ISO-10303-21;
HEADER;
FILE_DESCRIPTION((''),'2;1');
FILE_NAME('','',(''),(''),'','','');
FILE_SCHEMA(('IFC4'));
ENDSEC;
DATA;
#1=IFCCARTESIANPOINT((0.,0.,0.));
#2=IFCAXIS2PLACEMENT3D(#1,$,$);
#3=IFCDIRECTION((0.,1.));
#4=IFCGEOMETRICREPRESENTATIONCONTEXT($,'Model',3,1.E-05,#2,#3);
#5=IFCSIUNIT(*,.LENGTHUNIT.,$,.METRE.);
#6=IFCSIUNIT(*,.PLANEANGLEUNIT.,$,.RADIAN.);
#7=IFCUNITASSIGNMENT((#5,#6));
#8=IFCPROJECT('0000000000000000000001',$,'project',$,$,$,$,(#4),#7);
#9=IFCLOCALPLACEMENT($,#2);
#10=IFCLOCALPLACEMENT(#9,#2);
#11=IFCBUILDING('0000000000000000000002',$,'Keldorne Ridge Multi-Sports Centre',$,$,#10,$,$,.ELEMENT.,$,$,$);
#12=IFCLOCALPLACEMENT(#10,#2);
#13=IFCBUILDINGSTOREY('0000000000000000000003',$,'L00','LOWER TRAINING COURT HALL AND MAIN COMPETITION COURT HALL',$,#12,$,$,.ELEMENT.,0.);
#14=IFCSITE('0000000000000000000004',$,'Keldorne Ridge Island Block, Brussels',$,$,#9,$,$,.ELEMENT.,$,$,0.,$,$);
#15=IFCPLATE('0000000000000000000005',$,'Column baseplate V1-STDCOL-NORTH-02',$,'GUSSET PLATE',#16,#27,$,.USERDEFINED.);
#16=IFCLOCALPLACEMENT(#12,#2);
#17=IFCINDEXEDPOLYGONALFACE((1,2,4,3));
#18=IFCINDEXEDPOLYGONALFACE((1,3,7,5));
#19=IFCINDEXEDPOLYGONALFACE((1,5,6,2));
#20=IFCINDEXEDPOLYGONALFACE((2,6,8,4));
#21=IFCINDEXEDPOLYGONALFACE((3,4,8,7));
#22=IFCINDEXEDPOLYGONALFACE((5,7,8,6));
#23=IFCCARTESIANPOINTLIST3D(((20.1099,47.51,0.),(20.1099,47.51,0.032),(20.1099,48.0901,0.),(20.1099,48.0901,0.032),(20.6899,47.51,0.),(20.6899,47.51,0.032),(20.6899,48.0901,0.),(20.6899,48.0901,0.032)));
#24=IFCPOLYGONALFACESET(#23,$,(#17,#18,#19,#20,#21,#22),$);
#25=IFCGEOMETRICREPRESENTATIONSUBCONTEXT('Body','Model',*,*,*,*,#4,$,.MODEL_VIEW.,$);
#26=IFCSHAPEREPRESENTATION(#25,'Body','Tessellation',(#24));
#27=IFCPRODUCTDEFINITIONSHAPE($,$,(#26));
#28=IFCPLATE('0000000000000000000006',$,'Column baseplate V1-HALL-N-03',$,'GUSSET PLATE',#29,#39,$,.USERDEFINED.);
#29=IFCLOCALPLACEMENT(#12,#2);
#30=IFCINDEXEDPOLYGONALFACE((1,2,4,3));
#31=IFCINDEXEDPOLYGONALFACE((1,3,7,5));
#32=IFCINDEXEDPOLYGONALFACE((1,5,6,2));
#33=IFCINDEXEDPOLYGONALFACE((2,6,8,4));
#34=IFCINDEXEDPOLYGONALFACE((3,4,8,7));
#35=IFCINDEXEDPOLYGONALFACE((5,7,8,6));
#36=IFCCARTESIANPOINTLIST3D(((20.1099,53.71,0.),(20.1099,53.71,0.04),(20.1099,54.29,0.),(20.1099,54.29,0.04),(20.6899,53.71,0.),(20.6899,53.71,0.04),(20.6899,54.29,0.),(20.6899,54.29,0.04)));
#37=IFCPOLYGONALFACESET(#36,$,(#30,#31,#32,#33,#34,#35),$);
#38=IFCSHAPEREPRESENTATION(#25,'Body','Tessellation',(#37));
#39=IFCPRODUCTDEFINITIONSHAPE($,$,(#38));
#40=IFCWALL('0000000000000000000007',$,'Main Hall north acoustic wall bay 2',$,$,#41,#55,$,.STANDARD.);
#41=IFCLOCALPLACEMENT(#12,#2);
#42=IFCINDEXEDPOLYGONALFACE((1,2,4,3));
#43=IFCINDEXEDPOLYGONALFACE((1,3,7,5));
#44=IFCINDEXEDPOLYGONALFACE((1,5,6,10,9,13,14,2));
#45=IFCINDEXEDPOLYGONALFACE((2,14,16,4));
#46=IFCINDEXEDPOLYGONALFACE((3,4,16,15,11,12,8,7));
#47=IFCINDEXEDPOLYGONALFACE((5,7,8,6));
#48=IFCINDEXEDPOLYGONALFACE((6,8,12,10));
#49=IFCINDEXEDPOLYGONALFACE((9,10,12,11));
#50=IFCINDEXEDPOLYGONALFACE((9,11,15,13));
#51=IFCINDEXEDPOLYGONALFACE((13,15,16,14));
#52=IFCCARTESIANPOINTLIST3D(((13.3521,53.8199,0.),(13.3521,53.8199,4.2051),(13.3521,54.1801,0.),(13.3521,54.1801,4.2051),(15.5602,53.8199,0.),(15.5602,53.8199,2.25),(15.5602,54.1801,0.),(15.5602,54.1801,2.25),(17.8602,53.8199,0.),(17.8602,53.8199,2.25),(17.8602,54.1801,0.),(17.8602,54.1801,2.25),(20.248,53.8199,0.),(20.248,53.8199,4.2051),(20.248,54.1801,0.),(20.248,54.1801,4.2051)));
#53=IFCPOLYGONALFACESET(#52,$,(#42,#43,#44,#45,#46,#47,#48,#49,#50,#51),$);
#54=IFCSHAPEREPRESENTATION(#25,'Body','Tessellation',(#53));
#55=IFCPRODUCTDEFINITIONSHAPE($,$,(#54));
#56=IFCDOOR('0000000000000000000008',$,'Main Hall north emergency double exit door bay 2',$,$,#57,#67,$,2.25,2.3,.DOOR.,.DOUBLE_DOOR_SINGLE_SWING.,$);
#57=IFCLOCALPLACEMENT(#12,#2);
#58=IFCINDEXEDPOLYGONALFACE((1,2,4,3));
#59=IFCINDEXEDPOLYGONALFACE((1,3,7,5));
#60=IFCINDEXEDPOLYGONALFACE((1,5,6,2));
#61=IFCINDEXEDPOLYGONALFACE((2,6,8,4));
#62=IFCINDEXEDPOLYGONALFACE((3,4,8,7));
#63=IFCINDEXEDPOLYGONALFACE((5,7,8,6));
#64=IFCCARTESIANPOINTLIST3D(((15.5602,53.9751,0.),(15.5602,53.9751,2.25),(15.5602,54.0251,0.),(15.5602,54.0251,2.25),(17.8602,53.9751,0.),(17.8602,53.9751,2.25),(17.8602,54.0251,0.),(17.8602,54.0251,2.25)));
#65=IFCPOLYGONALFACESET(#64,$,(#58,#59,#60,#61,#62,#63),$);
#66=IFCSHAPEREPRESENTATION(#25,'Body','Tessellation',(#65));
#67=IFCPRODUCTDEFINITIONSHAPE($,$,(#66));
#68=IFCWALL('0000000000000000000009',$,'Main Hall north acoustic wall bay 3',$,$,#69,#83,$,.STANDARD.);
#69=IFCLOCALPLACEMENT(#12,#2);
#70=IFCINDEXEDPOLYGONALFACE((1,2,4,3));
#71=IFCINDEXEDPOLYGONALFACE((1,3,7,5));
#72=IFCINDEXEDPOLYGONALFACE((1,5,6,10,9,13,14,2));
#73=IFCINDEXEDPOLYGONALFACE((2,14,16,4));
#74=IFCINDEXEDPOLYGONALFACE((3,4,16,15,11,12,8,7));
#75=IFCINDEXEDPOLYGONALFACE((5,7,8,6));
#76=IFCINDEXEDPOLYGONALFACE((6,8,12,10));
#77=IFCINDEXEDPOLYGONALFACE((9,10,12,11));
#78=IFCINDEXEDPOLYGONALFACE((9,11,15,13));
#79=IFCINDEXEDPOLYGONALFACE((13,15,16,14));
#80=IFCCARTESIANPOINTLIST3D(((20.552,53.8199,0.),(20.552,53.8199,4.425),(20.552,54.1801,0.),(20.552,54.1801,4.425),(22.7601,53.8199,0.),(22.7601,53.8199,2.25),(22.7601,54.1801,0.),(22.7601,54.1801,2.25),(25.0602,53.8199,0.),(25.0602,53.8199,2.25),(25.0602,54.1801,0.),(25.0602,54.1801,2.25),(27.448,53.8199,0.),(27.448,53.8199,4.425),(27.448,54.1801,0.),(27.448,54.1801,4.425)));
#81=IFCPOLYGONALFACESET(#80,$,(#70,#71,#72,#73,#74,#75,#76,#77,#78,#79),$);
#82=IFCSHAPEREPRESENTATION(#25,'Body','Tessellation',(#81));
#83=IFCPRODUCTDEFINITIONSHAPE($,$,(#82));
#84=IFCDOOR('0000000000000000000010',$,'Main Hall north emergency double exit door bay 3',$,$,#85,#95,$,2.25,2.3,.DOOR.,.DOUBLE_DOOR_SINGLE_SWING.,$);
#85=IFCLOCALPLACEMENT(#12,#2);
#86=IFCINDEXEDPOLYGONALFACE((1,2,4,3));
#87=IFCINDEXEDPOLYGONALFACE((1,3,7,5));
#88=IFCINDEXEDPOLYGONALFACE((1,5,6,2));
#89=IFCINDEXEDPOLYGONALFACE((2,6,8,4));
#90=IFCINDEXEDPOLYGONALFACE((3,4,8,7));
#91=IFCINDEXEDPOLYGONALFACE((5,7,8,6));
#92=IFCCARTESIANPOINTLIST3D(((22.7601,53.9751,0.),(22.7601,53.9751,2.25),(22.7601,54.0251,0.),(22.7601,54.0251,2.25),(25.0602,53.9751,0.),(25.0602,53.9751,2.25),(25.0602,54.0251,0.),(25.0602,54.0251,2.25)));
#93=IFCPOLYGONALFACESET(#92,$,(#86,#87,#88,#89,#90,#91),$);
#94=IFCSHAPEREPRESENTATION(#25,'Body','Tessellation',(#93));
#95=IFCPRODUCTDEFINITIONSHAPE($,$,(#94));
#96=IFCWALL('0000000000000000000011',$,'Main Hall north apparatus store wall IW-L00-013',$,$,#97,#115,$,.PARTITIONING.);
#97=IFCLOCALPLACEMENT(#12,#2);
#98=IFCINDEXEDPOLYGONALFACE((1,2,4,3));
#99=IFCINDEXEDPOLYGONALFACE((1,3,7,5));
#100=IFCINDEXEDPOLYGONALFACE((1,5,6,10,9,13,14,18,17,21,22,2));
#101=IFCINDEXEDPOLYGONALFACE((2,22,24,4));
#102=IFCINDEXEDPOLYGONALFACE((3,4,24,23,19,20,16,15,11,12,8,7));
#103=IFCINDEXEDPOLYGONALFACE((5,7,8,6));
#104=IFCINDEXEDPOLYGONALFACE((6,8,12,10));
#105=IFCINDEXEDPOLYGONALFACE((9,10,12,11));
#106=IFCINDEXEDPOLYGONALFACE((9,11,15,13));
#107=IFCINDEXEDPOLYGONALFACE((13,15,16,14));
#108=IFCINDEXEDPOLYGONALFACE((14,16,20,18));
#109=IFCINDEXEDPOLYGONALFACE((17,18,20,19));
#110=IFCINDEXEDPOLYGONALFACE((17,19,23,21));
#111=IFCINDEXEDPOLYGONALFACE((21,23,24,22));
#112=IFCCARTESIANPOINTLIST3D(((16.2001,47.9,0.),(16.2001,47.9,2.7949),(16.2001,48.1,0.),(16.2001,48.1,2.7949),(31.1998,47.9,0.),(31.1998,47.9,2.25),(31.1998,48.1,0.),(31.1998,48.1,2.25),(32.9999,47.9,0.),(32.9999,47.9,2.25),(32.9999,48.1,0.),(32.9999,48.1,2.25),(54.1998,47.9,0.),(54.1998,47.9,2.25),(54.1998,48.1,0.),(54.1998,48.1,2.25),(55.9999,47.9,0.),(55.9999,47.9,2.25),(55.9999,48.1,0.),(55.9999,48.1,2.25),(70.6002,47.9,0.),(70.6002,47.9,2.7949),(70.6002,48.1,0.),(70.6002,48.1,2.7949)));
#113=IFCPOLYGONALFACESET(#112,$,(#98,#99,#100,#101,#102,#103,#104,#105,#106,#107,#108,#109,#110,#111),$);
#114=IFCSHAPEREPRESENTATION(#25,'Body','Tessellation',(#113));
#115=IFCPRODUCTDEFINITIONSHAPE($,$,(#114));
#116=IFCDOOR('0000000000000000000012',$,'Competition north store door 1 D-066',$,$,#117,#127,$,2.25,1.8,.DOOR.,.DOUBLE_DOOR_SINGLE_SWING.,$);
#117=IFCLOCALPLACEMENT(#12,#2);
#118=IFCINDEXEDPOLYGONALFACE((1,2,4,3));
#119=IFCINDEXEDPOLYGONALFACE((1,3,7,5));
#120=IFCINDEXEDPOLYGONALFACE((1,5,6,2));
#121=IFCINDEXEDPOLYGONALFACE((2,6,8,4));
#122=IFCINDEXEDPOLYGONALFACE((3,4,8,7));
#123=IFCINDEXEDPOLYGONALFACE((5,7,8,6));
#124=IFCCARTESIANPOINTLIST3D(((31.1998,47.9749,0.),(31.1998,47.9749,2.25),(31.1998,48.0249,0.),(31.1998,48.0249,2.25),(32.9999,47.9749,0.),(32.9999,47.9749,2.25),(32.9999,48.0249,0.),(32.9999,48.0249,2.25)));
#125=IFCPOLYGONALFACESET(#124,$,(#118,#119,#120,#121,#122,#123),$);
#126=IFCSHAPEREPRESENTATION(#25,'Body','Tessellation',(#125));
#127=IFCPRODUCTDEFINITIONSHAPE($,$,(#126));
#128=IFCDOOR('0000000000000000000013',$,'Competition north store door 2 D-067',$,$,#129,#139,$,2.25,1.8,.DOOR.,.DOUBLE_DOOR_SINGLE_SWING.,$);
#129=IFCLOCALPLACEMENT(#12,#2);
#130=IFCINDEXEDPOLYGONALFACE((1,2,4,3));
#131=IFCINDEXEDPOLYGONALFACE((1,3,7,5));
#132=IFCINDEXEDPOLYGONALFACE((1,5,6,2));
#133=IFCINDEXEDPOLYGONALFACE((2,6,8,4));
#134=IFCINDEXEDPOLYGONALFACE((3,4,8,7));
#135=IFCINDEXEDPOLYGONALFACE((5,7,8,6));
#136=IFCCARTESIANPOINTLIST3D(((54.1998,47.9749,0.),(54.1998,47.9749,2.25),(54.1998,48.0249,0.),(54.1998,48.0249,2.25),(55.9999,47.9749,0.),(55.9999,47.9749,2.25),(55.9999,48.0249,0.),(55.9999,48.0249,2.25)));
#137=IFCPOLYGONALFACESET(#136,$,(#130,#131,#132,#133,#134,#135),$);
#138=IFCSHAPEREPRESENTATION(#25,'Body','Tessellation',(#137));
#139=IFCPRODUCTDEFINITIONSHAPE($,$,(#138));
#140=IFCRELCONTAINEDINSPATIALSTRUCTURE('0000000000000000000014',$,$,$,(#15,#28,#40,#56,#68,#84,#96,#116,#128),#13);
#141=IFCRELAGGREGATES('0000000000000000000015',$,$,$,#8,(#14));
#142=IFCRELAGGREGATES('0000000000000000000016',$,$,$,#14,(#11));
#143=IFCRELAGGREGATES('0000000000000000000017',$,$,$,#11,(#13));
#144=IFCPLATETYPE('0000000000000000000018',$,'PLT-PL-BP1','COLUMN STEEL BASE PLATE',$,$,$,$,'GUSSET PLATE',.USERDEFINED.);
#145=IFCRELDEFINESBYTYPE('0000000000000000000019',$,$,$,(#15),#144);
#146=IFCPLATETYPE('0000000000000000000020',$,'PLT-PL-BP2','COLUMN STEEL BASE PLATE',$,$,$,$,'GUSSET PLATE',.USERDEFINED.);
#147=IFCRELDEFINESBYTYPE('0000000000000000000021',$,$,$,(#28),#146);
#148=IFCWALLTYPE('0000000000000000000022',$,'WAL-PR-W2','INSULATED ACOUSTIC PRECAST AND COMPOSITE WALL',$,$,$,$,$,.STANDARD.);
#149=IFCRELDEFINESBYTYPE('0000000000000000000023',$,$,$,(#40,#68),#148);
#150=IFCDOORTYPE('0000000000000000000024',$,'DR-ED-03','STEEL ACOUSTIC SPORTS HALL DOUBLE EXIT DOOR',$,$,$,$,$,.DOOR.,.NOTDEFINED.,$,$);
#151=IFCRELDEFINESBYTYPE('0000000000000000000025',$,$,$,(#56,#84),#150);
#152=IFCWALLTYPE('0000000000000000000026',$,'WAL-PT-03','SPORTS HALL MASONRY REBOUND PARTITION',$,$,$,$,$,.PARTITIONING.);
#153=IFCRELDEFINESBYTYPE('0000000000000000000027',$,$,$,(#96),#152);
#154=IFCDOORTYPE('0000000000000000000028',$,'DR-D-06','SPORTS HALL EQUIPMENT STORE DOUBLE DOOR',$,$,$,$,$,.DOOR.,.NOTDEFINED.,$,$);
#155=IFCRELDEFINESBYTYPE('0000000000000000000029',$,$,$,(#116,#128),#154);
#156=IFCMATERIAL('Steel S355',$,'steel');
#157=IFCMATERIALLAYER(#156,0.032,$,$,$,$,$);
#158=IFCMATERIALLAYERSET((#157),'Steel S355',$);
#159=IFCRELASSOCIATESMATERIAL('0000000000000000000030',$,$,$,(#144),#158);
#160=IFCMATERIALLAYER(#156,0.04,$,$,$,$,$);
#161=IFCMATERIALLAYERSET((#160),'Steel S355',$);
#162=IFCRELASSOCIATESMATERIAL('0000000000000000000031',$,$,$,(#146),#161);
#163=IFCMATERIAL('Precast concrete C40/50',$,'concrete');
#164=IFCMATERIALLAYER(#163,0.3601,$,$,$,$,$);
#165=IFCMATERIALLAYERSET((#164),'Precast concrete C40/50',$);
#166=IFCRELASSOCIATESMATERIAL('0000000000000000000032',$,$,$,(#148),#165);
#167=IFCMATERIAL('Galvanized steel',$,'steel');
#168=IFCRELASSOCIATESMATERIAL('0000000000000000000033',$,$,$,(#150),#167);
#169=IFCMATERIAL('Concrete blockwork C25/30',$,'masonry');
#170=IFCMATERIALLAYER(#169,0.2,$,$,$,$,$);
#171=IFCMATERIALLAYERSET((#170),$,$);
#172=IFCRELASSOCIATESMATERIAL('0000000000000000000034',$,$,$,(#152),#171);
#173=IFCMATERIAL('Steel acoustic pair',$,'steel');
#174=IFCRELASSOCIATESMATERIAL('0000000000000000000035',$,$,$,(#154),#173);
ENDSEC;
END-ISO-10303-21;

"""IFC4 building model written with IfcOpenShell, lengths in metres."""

from ifc_helpers import new_model, si_unit, direction, frame, frame_2d, origin, origin_2d, place, context, subcontext, project, spatial, rectangle, extrude, material, layer, layer_set, type_object, element, fill, save


model = new_model("IFC4")

# Units and contexts
model_context = context("Model", 3, precision=1e-05, world=origin(), true_north=direction((0.0, 1.0)))
body_context = subcontext(model_context, "Body", "Model", "MODEL_VIEW")
ifc_project = project(units=[si_unit("LENGTHUNIT", "METRE"), si_unit("PLANEANGLEUNIT", "RADIAN")], contexts=[model_context])

# Site, building, storey
site_placement = place(None, origin())
site = spatial("IfcSite", under=ifc_project, at=site_placement, Name="Keldorne Ridge Island Block, Brussels", CompositionType="ELEMENT", RefElevation=0.0)
building_placement = place(site_placement, origin())
building = spatial("IfcBuilding", under=site, at=building_placement, Name="Keldorne Ridge Multi-Sports Centre", CompositionType="ELEMENT")
storey_placement = place(building_placement, origin())
storey = spatial("IfcBuildingStorey", under=building, at=storey_placement, Name="L00", Description="LOWER TRAINING COURT HALL AND MAIN COMPETITION COURT HALL", CompositionType="ELEMENT", Elevation=0.0)

# Shared definitions
ifc_material_1 = material(Name="Steel S355", Category="steel")

# Plates
ifc_layer_1 = layer(ifc_material_1, 0.032)
ifc_layer_set_1 = layer_set([ifc_layer_1], Name="Steel S355")
plate_type_1 = type_object("IfcPlateType", Name="PLT-PL-BP1", Description="COLUMN STEEL BASE PLATE", ElementType="GUSSET PLATE", PredefinedType="USERDEFINED", material=ifc_layer_set_1)
plate_1_placement = place(storey_placement, frame((20.3999, 47.8, 0.0), z_axis=(0.0, 0.0, 1.0), x_axis=(1.0, 0.0, 0.0)))
element("IfcPlate", 1, at=plate_1_placement, inside=storey, type_object=plate_type_1, Name="Column baseplate V1-STDCOL-NORTH-02", ObjectType="GUSSET PLATE", PredefinedType="USERDEFINED", context=body_context, shape_type="SweptSolid", body=[
    extrude(rectangle(XDim=0.5801, YDim=0.5801, at=origin_2d()), origin(), (0.0, 0.0, 1.0), 0.032),
])
ifc_layer_2 = layer(ifc_material_1, 0.04)
ifc_layer_set_2 = layer_set([ifc_layer_2], Name="Steel S355")
plate_type_2 = type_object("IfcPlateType", Name="PLT-PL-BP2", Description="COLUMN STEEL BASE PLATE", ElementType="GUSSET PLATE", PredefinedType="USERDEFINED", material=ifc_layer_set_2)
plate_2_placement = place(storey_placement, frame((20.3999, 54.0, 0.0), z_axis=(0.0, 0.0, 1.0), x_axis=(1.0, 0.0, 0.0)))
element("IfcPlate", 2, at=plate_2_placement, inside=storey, type_object=plate_type_2, Name="Column baseplate V1-HALL-N-03", ObjectType="GUSSET PLATE", PredefinedType="USERDEFINED", context=body_context, shape_type="SweptSolid", body=[
    extrude(rectangle(XDim=0.5801, YDim=0.5801, at=origin_2d()), origin(), (0.0, 0.0, 1.0), 0.04),
])

# Walls, openings, doors
ifc_material_2 = material(Name="Precast concrete C40/50", Category="concrete")
ifc_layer_3 = layer(ifc_material_2, 0.3601)
ifc_layer_set_3 = layer_set([ifc_layer_3], Name="Precast concrete C40/50")
wall_type_1 = type_object("IfcWallType", Name="WAL-PR-W2", Description="INSULATED ACOUSTIC PRECAST AND COMPOSITE WALL", PredefinedType="STANDARD", material=ifc_layer_set_3)
wall_1_placement = place(storey_placement, frame((20.248, 54.0, 0.0), z_axis=(0.0, 0.0, 1.0), x_axis=(-1.0, 0.0, 0.0)))
wall_1 = element("IfcWall", 3, at=wall_1_placement, inside=storey, type_object=wall_type_1, Name="Main Hall north acoustic wall bay 2", PredefinedType="STANDARD", context=body_context, shape_type="SweptSolid", body=[
    extrude(rectangle(XDim=6.896, YDim=0.3601, at=frame_2d((3.448, 0.0))), origin(), (0.0, 0.0, 1.0), 4.2051),
])
opening_1_placement = place(wall_1_placement, frame((2.3879, 0.0, 0.0)))
opening_1 = element("IfcOpeningElement", 4, at=opening_1_placement, cuts=wall_1, PredefinedType="OPENING", context=body_context, shape_type="SweptSolid", body=[
    extrude(rectangle(XDim=2.3, YDim=2.25, at=frame_2d((1.1499, 1.125))), frame((0.0, 0.1899, 0.0), z_axis=(0.0, -1.0, 0.0), x_axis=(1.0, 0.0, 0.0)), (0.0, 0.0, 1.0), 0.3801),
])
ifc_material_3 = material(Name="Galvanized steel", Category="steel")
door_type_1 = type_object("IfcDoorType", Name="DR-ED-03", Description="STEEL ACOUSTIC SPORTS HALL DOUBLE EXIT DOOR", OperationType="NOTDEFINED", PredefinedType="DOOR", material=ifc_material_3)
door_1_placement = place(opening_1_placement, origin())
door_1 = element("IfcDoor", 5, at=door_1_placement, inside=storey, type_object=door_type_1, Name="Main Hall north emergency double exit door bay 2", OperationType="DOUBLE_DOOR_SINGLE_SWING", OverallHeight=2.25, OverallWidth=2.3, PredefinedType="DOOR", context=body_context, shape_type="SweptSolid", body=[
    extrude(rectangle(XDim=2.3, YDim=2.25, at=frame_2d((1.1499, 1.125))), frame((0.0, 0.0249, 0.0), z_axis=(0.0, -1.0, 0.0), x_axis=(1.0, 0.0, 0.0)), (0.0, 0.0, 1.0), 0.05),
])
fill(opening_1, door_1)
wall_2_placement = place(storey_placement, frame((27.448, 54.0, 0.0), z_axis=(0.0, 0.0, 1.0), x_axis=(-1.0, 0.0, 0.0)))
wall_2 = element("IfcWall", 6, at=wall_2_placement, inside=storey, type_object=wall_type_1, Name="Main Hall north acoustic wall bay 3", PredefinedType="STANDARD", context=body_context, shape_type="SweptSolid", body=[
    extrude(rectangle(XDim=6.896, YDim=0.3601, at=frame_2d((3.448, 0.0))), origin(), (0.0, 0.0, 1.0), 4.425),
])
opening_2_placement = place(wall_2_placement, frame((2.3879, 0.0, 0.0)))
opening_2 = element("IfcOpeningElement", 7, at=opening_2_placement, cuts=wall_2, PredefinedType="OPENING", context=body_context, shape_type="SweptSolid", body=[
    extrude(rectangle(XDim=2.3, YDim=2.25, at=frame_2d((1.1499, 1.125))), frame((0.0, 0.1899, 0.0), z_axis=(0.0, -1.0, 0.0), x_axis=(1.0, 0.0, 0.0)), (0.0, 0.0, 1.0), 0.3801),
])
door_2_placement = place(opening_2_placement, origin())
door_2 = element("IfcDoor", 8, at=door_2_placement, inside=storey, type_object=door_type_1, Name="Main Hall north emergency double exit door bay 3", OperationType="DOUBLE_DOOR_SINGLE_SWING", OverallHeight=2.25, OverallWidth=2.3, PredefinedType="DOOR", context=body_context, shape_type="SweptSolid", body=[
    extrude(rectangle(XDim=2.3, YDim=2.25, at=frame_2d((1.1499, 1.125))), frame((0.0, 0.0249, 0.0), z_axis=(0.0, -1.0, 0.0), x_axis=(1.0, 0.0, 0.0)), (0.0, 0.0, 1.0), 0.05),
])
fill(opening_2, door_2)

# Wall, openings, doors
ifc_material_4 = material(Name="Concrete blockwork C25/30", Category="masonry")
ifc_layer_4 = layer(ifc_material_4, 0.2)
ifc_layer_set_4 = layer_set([ifc_layer_4])
wall_type_2 = type_object("IfcWallType", Name="WAL-PT-03", Description="SPORTS HALL MASONRY REBOUND PARTITION", PredefinedType="PARTITIONING", material=ifc_layer_set_4)
wall_3_placement = place(storey_placement, frame((16.2, 48.0, 0.0), z_axis=(0.0, 0.0, 1.0), x_axis=(1.0, 0.0, 0.0)))
wall_3 = element("IfcWall", 9, at=wall_3_placement, inside=storey, type_object=wall_type_2, Name="Main Hall north apparatus store wall IW-L00-013", PredefinedType="PARTITIONING", context=body_context, shape_type="SweptSolid", body=[
    extrude(rectangle(XDim=54.4001, YDim=0.2, at=frame_2d((27.2002, 0.0))), origin(), (0.0, 0.0, 1.0), 2.7949),
])
opening_3_placement = place(wall_3_placement, frame((15.0, 0.0, 0.0)))
opening_3 = element("IfcOpeningElement", 10, at=opening_3_placement, cuts=wall_3, PredefinedType="OPENING", context=body_context, shape_type="SweptSolid", body=[
    extrude(rectangle(XDim=1.8, YDim=2.25, at=frame_2d((0.8999, 1.125))), frame((0.0, 0.1099, 0.0), z_axis=(0.0, -1.0, 0.0), x_axis=(1.0, 0.0, 0.0)), (0.0, 0.0, 1.0), 0.22),
])
opening_4_placement = place(wall_3_placement, frame((38.0, 0.0, 0.0)))
opening_4 = element("IfcOpeningElement", 11, at=opening_4_placement, cuts=wall_3, PredefinedType="OPENING", context=body_context, shape_type="SweptSolid", body=[
    extrude(rectangle(XDim=1.8, YDim=2.25, at=frame_2d((0.8999, 1.125))), frame((0.0, 0.1099, 0.0), z_axis=(0.0, -1.0, 0.0), x_axis=(1.0, 0.0, 0.0)), (0.0, 0.0, 1.0), 0.22),
])
ifc_material_5 = material(Name="Steel acoustic pair", Category="steel")
door_type_2 = type_object("IfcDoorType", Name="DR-D-06", Description="SPORTS HALL EQUIPMENT STORE DOUBLE DOOR", OperationType="NOTDEFINED", PredefinedType="DOOR", material=ifc_material_5)
door_3_placement = place(opening_3_placement, origin())
door_3 = element("IfcDoor", 12, at=door_3_placement, inside=storey, type_object=door_type_2, Name="Competition north store door 1 D-066", OperationType="DOUBLE_DOOR_SINGLE_SWING", OverallHeight=2.25, OverallWidth=1.8, PredefinedType="DOOR", context=body_context, shape_type="SweptSolid", body=[
    extrude(rectangle(XDim=1.8, YDim=2.25, at=frame_2d((0.8999, 1.125))), frame((0.0, 0.0249, 0.0), z_axis=(0.0, -1.0, 0.0), x_axis=(1.0, 0.0, 0.0)), (0.0, 0.0, 1.0), 0.05),
])
fill(opening_3, door_3)
door_4_placement = place(opening_4_placement, origin())
door_4 = element("IfcDoor", 13, at=door_4_placement, inside=storey, type_object=door_type_2, Name="Competition north store door 2 D-067", OperationType="DOUBLE_DOOR_SINGLE_SWING", OverallHeight=2.25, OverallWidth=1.8, PredefinedType="DOOR", context=body_context, shape_type="SweptSolid", body=[
    extrude(rectangle(XDim=1.8, YDim=2.25, at=frame_2d((0.8999, 1.125))), frame((0.0, 0.0249, 0.0), z_axis=(0.0, -1.0, 0.0), x_axis=(1.0, 0.0, 0.0)), (0.0, 0.0, 1.0), 0.05),
])
fill(opening_4, door_4)

save(model, "model.ifc")
